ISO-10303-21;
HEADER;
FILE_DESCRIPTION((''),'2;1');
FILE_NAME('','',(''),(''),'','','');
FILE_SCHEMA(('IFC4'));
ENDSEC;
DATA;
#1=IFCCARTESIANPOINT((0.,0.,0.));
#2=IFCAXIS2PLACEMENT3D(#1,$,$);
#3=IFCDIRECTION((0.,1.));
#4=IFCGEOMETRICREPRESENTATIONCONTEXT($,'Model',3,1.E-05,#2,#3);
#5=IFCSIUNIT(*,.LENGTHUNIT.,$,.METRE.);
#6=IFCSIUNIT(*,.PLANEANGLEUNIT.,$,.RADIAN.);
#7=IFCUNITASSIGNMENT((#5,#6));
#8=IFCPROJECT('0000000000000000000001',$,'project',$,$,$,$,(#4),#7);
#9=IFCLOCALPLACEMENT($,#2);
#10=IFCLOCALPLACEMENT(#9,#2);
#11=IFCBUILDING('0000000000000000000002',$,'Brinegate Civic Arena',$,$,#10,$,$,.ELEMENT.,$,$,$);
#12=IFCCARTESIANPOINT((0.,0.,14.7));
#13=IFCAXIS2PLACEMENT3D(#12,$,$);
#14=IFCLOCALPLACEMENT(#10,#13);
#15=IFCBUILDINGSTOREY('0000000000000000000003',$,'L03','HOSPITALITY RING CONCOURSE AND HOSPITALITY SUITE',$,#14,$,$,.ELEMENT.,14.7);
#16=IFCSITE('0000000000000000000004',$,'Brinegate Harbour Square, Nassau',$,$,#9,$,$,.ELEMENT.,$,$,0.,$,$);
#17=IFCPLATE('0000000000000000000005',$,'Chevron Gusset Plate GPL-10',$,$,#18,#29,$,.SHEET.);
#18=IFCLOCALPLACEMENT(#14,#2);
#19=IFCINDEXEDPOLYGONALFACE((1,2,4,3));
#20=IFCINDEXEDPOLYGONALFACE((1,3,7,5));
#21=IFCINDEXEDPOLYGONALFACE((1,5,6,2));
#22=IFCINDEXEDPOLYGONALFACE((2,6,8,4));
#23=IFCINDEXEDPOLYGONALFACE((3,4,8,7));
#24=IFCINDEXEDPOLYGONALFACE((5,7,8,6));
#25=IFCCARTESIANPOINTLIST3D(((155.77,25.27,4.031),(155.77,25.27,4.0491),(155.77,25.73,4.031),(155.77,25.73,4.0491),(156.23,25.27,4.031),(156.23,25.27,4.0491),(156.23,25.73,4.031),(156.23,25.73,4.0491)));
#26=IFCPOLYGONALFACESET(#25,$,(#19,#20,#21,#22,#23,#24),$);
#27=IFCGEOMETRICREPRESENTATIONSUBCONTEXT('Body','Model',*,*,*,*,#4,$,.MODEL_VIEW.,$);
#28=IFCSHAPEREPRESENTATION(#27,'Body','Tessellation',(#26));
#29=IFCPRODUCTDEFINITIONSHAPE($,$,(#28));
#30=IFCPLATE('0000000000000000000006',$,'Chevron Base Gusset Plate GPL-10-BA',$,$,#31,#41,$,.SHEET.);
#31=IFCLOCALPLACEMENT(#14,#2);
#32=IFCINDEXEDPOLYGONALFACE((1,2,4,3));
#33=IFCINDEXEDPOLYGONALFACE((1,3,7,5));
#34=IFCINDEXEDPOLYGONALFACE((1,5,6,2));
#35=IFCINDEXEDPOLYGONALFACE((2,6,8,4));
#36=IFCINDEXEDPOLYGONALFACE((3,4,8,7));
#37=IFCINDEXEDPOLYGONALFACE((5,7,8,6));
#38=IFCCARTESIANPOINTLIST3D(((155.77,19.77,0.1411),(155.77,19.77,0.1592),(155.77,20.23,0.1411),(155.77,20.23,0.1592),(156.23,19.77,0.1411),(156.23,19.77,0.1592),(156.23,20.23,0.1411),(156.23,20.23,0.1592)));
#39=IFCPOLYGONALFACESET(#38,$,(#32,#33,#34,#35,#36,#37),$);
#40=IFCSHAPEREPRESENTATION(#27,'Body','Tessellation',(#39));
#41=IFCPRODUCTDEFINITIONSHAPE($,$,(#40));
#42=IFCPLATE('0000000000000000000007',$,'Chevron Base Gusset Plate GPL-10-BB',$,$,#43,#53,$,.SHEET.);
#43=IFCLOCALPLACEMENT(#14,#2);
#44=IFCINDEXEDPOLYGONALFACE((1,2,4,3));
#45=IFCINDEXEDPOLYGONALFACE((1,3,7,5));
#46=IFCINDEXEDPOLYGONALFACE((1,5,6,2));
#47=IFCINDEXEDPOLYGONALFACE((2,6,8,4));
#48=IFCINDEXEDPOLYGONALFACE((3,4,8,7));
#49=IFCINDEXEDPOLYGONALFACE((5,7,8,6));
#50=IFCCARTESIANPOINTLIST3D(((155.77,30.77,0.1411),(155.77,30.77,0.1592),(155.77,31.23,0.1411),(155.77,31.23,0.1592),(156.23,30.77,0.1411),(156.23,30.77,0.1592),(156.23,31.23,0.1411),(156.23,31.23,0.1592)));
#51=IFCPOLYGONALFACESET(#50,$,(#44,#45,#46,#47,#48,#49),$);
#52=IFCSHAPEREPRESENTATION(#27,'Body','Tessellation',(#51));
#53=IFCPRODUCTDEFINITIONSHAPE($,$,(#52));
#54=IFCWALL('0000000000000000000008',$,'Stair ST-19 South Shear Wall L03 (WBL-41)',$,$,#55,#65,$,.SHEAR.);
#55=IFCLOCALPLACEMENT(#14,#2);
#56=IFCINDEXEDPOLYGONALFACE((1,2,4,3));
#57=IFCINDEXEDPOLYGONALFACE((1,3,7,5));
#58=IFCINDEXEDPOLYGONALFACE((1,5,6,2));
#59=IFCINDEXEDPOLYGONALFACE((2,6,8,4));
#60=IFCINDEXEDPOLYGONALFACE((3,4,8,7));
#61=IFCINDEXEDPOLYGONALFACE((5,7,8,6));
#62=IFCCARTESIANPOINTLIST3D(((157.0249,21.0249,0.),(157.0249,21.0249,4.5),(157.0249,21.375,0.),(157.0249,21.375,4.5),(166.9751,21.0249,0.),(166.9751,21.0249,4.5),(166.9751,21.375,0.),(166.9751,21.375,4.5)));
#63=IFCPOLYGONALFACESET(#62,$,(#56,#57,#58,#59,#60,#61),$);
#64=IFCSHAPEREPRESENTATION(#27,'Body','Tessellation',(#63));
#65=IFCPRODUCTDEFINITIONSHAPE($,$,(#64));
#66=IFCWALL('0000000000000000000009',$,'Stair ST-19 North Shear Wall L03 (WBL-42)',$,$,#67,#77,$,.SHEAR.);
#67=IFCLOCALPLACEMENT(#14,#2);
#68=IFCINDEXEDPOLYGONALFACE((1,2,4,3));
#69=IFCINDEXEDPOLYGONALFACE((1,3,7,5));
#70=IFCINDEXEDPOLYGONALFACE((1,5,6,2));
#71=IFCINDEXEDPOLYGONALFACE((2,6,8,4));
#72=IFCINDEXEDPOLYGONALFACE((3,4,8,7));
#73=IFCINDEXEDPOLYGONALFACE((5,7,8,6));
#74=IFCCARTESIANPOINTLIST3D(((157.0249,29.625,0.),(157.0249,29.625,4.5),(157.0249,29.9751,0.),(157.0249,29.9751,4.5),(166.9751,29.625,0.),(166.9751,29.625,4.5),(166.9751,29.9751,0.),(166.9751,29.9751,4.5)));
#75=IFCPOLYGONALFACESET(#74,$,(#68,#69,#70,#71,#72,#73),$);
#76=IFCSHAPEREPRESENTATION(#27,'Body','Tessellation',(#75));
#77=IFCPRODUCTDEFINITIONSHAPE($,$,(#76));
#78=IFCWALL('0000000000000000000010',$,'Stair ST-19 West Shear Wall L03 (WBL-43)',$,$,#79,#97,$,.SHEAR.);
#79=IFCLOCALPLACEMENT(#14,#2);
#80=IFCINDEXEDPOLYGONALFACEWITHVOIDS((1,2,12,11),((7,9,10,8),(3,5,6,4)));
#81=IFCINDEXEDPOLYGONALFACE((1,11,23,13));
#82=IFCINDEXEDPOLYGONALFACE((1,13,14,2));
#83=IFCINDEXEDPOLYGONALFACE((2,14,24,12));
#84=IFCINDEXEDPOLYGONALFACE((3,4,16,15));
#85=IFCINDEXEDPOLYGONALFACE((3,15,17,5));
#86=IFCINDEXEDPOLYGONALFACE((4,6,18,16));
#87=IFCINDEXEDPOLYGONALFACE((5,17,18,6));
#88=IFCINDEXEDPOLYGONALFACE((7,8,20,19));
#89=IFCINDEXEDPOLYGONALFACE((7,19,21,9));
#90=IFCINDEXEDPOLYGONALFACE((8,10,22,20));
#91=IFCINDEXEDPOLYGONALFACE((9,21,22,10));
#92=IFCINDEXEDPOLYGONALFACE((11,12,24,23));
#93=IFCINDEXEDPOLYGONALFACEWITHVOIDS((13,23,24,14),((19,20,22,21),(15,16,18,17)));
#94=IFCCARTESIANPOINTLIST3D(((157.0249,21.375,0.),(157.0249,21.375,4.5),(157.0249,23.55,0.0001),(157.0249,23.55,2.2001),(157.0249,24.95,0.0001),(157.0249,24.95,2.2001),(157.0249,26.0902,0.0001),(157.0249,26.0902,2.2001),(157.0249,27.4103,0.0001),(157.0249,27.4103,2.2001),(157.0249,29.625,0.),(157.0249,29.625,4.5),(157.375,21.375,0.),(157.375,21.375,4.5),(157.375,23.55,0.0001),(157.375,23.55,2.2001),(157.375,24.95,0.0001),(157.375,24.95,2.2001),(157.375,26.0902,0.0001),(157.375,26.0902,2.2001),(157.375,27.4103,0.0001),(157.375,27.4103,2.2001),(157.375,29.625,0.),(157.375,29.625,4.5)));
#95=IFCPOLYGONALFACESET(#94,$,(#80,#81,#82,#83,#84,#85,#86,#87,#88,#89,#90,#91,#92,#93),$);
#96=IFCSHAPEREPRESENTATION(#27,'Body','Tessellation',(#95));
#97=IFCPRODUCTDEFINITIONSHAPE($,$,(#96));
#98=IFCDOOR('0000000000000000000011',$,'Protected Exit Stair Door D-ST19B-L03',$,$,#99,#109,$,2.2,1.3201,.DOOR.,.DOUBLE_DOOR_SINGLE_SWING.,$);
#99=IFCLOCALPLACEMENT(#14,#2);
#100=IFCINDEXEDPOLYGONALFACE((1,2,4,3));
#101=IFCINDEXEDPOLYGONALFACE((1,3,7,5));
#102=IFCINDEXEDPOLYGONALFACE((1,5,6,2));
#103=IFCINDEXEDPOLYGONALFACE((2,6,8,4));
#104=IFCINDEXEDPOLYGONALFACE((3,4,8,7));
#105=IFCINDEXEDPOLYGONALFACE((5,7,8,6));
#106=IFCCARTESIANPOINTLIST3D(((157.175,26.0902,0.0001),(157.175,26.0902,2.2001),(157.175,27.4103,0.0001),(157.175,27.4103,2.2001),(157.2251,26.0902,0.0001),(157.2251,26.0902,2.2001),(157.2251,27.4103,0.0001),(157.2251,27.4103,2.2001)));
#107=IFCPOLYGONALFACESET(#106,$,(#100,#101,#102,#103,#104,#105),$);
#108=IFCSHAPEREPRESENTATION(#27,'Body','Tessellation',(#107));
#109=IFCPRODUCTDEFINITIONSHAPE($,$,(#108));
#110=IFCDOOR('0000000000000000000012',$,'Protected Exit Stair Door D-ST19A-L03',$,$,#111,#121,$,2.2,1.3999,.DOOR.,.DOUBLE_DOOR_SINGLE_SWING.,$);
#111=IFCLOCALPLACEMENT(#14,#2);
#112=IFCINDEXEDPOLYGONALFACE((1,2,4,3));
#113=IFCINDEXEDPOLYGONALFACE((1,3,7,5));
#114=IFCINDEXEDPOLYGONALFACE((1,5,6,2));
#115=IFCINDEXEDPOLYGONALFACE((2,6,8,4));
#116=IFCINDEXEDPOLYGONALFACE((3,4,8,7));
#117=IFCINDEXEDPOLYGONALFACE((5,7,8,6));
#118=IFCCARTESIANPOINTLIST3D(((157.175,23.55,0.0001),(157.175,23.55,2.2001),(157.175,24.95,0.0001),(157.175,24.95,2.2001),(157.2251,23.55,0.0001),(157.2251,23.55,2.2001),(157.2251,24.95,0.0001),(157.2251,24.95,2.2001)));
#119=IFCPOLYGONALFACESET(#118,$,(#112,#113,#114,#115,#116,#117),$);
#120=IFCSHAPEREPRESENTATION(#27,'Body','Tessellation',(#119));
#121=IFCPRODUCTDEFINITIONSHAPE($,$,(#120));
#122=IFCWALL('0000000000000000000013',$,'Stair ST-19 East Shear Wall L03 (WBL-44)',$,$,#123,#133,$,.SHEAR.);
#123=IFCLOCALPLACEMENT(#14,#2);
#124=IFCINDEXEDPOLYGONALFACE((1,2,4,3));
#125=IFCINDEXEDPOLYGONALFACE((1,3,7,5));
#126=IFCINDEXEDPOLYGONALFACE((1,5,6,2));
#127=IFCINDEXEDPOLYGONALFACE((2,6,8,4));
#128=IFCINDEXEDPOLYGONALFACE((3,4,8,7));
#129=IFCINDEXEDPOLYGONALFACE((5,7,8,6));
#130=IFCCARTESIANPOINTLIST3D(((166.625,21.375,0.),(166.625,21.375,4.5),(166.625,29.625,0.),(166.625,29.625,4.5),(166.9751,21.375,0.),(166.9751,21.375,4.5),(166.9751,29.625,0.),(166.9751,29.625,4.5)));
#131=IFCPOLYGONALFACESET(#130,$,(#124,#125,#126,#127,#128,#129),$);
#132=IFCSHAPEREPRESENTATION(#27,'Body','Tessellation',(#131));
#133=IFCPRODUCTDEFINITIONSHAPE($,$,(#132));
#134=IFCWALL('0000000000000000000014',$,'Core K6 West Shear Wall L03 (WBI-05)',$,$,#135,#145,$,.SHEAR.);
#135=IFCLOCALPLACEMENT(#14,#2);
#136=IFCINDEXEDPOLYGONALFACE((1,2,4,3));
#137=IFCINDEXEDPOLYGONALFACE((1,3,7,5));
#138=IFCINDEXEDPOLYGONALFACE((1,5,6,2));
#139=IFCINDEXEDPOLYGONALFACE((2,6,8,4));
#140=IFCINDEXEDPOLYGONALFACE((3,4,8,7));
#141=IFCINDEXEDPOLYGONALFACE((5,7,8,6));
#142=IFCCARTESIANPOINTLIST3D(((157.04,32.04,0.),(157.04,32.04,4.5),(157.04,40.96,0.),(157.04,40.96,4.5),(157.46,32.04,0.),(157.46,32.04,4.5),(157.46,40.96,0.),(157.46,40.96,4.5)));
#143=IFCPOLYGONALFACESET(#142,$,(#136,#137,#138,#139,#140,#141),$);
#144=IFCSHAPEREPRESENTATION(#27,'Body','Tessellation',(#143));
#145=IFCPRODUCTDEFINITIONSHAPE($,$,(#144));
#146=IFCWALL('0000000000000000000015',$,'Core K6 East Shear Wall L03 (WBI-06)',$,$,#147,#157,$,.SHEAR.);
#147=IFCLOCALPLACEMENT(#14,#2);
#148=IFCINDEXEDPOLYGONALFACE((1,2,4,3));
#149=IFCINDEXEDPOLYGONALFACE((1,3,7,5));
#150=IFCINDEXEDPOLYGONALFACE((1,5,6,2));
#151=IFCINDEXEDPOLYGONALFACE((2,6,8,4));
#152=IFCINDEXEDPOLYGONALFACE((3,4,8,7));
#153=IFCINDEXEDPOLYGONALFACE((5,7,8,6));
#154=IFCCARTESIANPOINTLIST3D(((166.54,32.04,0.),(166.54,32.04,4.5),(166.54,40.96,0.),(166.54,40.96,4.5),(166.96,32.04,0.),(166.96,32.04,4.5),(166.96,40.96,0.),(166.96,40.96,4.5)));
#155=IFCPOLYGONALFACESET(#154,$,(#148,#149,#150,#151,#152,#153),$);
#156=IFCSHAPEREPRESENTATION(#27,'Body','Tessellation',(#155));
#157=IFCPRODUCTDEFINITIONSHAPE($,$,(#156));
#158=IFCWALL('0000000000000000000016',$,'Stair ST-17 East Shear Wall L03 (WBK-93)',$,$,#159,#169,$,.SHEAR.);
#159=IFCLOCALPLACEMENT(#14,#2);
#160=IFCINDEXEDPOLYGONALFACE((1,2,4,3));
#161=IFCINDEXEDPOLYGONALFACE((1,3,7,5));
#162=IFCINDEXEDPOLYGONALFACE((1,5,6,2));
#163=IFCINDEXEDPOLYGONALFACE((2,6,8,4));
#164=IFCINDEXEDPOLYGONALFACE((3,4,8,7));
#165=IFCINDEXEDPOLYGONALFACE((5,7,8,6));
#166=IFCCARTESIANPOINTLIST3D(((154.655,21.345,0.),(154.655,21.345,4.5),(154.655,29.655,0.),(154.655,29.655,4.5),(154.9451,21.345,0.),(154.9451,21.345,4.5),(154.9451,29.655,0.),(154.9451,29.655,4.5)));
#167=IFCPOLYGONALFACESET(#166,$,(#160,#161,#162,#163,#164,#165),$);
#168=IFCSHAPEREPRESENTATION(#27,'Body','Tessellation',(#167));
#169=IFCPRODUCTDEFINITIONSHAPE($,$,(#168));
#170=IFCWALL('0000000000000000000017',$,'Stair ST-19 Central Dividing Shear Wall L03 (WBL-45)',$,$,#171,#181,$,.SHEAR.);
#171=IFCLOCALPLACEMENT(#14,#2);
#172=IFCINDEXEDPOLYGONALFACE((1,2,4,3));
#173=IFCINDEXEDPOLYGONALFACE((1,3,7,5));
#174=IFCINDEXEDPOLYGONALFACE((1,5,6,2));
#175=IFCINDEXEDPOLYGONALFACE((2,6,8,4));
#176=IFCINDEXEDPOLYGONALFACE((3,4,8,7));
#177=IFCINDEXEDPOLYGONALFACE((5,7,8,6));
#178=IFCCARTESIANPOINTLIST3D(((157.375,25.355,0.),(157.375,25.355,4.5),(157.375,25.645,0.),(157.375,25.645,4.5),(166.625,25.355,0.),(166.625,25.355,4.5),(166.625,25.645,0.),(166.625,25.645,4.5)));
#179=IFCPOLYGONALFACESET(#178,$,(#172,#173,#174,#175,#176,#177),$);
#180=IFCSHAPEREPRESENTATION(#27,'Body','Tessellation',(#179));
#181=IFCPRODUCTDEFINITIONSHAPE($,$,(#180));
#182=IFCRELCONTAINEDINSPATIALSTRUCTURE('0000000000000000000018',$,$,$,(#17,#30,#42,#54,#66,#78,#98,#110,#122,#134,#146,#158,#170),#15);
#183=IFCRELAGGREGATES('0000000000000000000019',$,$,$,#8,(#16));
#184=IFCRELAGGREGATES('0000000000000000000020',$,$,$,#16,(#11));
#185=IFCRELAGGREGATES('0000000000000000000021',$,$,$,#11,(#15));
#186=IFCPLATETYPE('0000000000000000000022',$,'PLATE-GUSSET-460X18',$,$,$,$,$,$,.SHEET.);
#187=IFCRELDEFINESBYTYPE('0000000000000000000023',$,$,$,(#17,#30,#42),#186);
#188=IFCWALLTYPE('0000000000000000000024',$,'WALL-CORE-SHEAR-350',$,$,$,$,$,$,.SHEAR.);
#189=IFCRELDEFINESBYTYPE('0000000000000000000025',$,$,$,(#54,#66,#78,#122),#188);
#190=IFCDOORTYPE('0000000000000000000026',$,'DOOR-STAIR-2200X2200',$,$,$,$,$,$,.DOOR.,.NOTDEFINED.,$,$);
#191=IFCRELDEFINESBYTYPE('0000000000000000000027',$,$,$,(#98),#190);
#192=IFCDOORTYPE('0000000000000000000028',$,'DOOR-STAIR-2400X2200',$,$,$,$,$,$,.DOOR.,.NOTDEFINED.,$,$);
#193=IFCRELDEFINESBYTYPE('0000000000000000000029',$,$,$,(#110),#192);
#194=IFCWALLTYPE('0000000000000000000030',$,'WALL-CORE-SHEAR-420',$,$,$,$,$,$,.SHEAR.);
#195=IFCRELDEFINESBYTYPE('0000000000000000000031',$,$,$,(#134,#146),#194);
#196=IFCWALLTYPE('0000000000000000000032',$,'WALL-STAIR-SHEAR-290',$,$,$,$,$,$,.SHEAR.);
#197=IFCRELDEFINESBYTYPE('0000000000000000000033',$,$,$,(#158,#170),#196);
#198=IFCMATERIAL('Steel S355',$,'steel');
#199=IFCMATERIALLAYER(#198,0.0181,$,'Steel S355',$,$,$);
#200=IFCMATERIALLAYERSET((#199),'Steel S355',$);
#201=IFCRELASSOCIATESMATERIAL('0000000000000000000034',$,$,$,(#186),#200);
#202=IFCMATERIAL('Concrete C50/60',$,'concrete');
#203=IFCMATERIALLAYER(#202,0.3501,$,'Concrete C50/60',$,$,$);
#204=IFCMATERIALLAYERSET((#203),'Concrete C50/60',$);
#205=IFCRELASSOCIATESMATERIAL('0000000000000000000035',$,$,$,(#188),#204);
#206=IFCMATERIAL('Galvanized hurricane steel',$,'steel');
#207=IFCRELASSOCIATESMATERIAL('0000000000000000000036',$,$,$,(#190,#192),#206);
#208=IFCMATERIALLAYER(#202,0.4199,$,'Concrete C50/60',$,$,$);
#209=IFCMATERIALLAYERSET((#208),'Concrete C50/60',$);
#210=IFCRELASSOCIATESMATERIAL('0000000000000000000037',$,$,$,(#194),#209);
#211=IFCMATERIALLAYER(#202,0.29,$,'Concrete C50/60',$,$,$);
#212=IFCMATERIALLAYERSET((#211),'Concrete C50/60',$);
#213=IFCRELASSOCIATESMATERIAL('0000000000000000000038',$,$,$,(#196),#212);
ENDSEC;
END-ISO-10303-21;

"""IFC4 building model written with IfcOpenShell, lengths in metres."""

from ifc_helpers import new_model, si_unit, direction, frame, frame_2d, origin, origin_2d, place, context, subcontext, project, spatial, rectangle, extrude, material, layer, layer_set, type_object, element, fill, save


model = new_model("IFC4")

# Units and contexts
model_context = context("Model", 3, precision=1e-05, world=origin(), true_north=direction((0.0, 1.0)))
body_context = subcontext(model_context, "Body", "Model", "MODEL_VIEW")
ifc_project = project(units=[si_unit("LENGTHUNIT", "METRE"), si_unit("PLANEANGLEUNIT", "RADIAN")], contexts=[model_context])

# Site, building, storey
site_placement = place(None, origin())
site = spatial("IfcSite", under=ifc_project, at=site_placement, Name="Brinegate Harbour Square, Nassau", CompositionType="ELEMENT", RefElevation=0.0)
building_placement = place(site_placement, origin())
building = spatial("IfcBuilding", under=site, at=building_placement, Name="Brinegate Civic Arena", CompositionType="ELEMENT")
storey_placement = place(building_placement, frame((0.0, 0.0, 14.7)))
storey = spatial("IfcBuildingStorey", under=building, at=storey_placement, Name="L03", Description="HOSPITALITY RING CONCOURSE AND HOSPITALITY SUITE", CompositionType="ELEMENT", Elevation=14.7)

# Shared definitions
ifc_material_1 = material(Name="Concrete C50/60", Category="concrete")

# Shared definitions
ifc_material_2 = material(Name="Steel S355", Category="steel")

# Plates
ifc_layer_1 = layer(ifc_material_2, 0.0181, Name="Steel S355")
ifc_layer_set_1 = layer_set([ifc_layer_1], Name="Steel S355")
plate_type_1 = type_object("IfcPlateType", Name="PLATE-GUSSET-460X18", PredefinedType="SHEET", material=ifc_layer_set_1)
for number, where, z_axis, x_axis, name in (
    (1, (156.0, 25.5, 4.031), (0.0, 0.0, 1.0), (1.0, 0.0, 0.0), "Chevron Gusset Plate GPL-10"),
    (2, (156.0, 20.0, 0.1411), (0.0, 0.0, 1.0), (1.0, 0.0, 0.0), "Chevron Base Gusset Plate GPL-10-BA"),
    (3, (156.0, 31.0, 0.1411), (0.0, 0.0, 1.0), (1.0, 0.0, 0.0), "Chevron Base Gusset Plate GPL-10-BB"),
):
    element("IfcPlate", number, at=place(storey_placement, frame(where, z_axis=z_axis, x_axis=x_axis)), inside=storey, type_object=plate_type_1, Name=name, PredefinedType="SHEET", context=body_context, shape_type="SweptSolid", body=[
        extrude(rectangle(XDim=0.46, YDim=0.46, at=origin_2d()), origin(), (0.0, 0.0, 1.0), 0.0181),
    ])

# Walls
ifc_layer_2 = layer(ifc_material_1, 0.3501, Name="Concrete C50/60")
ifc_layer_set_2 = layer_set([ifc_layer_2], Name="Concrete C50/60")
wall_type_1 = type_object("IfcWallType", Name="WALL-CORE-SHEAR-350", PredefinedType="SHEAR", material=ifc_layer_set_2)
for number, where, z_axis, x_axis, name in (
    (4, (157.0249, 21.2, 0.0), (0.0, 0.0, 1.0), (1.0, 0.0, 0.0), "Stair ST-19 South Shear Wall L03 (WBL-41)"),
    (5, (157.0249, 29.8, 0.0), (0.0, 0.0, 1.0), (1.0, 0.0, 0.0), "Stair ST-19 North Shear Wall L03 (WBL-42)"),
):
    element("IfcWall", number, at=place(storey_placement, frame(where, z_axis=z_axis, x_axis=x_axis)), inside=storey, type_object=wall_type_1, Name=name, PredefinedType="SHEAR", context=body_context, shape_type="SweptSolid", body=[
        extrude(rectangle(XDim=9.9502, YDim=0.3501, at=frame_2d((4.9751, 0.0))), origin(), (0.0, 0.0, 1.0), 4.5),
    ])

# Wall, openings, doors
wall_1_placement = place(storey_placement, frame((157.2, 21.375, 0.0), z_axis=(0.0, 0.0, 1.0), x_axis=(0.0, 1.0, 0.0)))
wall_1 = element("IfcWall", 6, at=wall_1_placement, inside=storey, type_object=wall_type_1, Name="Stair ST-19 West Shear Wall L03 (WBL-43)", PredefinedType="SHEAR", context=body_context, shape_type="SweptSolid", body=[
    extrude(rectangle(XDim=8.25, YDim=0.3501, at=frame_2d((4.125, 0.0))), origin(), (0.0, 0.0, 1.0), 4.5),
])
opening_1_placement = place(wall_1_placement, frame((2.175, 0.0, 0.0)))
opening_1 = element("IfcOpeningElement", 7, at=opening_1_placement, cuts=wall_1, PredefinedType="OPENING", context=body_context, shape_type="SweptSolid", body=[
    extrude(rectangle(XDim=1.3999, YDim=2.2, at=frame_2d((0.7, 1.1001))), frame((0.0, 0.1851, 0.0), z_axis=(0.0, -1.0, 0.0), x_axis=(1.0, 0.0, 0.0)), (0.0, 0.0, 1.0), 0.3701),
])
opening_2_placement = place(wall_1_placement, frame((4.7151, 0.0, 0.0)))
opening_2 = element("IfcOpeningElement", 8, at=opening_2_placement, cuts=wall_1, PredefinedType="OPENING", context=body_context, shape_type="SweptSolid", body=[
    extrude(rectangle(XDim=1.3201, YDim=2.2, at=frame_2d((0.6602, 1.1001))), frame((0.0, 0.1851, 0.0), z_axis=(0.0, -1.0, 0.0), x_axis=(1.0, 0.0, 0.0)), (0.0, 0.0, 1.0), 0.3701),
])
ifc_material_3 = material(Name="Galvanized hurricane steel", Category="steel")
door_type_1 = type_object("IfcDoorType", Name="DOOR-STAIR-2200X2200", OperationType="NOTDEFINED", PredefinedType="DOOR", material=ifc_material_3)
door_1_placement = place(opening_2_placement, origin())
door_1 = element("IfcDoor", 9, at=door_1_placement, inside=storey, type_object=door_type_1, Name="Protected Exit Stair Door D-ST19B-L03", OperationType="DOUBLE_DOOR_SINGLE_SWING", OverallHeight=2.2, OverallWidth=1.3201, PredefinedType="DOOR", context=body_context, shape_type="SweptSolid", body=[
    extrude(rectangle(XDim=1.3201, YDim=2.2, at=frame_2d((0.6602, 1.1001))), frame((0.0, 0.0249, 0.0), z_axis=(0.0, -1.0, 0.0), x_axis=(1.0, 0.0, 0.0)), (0.0, 0.0, 1.0), 0.05),
])
fill(opening_2, door_1)
door_type_2 = type_object("IfcDoorType", Name="DOOR-STAIR-2400X2200", OperationType="NOTDEFINED", PredefinedType="DOOR", material=ifc_material_3)
door_2_placement = place(opening_1_placement, origin())
door_2 = element("IfcDoor", 10, at=door_2_placement, inside=storey, type_object=door_type_2, Name="Protected Exit Stair Door D-ST19A-L03", OperationType="DOUBLE_DOOR_SINGLE_SWING", OverallHeight=2.2, OverallWidth=1.3999, PredefinedType="DOOR", context=body_context, shape_type="SweptSolid", body=[
    extrude(rectangle(XDim=1.3999, YDim=2.2, at=frame_2d((0.7, 1.1001))), frame((0.0, 0.0249, 0.0), z_axis=(0.0, -1.0, 0.0), x_axis=(1.0, 0.0, 0.0)), (0.0, 0.0, 1.0), 0.05),
])
fill(opening_1, door_2)

# Walls
wall_2_placement = place(storey_placement, frame((166.8, 21.375, 0.0), z_axis=(0.0, 0.0, 1.0), x_axis=(0.0, 1.0, 0.0)))
element("IfcWall", 11, at=wall_2_placement, inside=storey, type_object=wall_type_1, Name="Stair ST-19 East Shear Wall L03 (WBL-44)", PredefinedType="SHEAR", context=body_context, shape_type="SweptSolid", body=[
    extrude(rectangle(XDim=8.25, YDim=0.3501, at=frame_2d((4.125, 0.0))), origin(), (0.0, 0.0, 1.0), 4.5),
])
ifc_layer_3 = layer(ifc_material_1, 0.4199, Name="Concrete C50/60")
ifc_layer_set_3 = layer_set([ifc_layer_3], Name="Concrete C50/60")
wall_type_2 = type_object("IfcWallType", Name="WALL-CORE-SHEAR-420", PredefinedType="SHEAR", material=ifc_layer_set_3)
for number, where, z_axis, x_axis, name in (
    (12, (157.25, 32.04, 0.0), (0.0, 0.0, 1.0), (0.0, 1.0, 0.0), "Core K6 West Shear Wall L03 (WBI-05)"),
    (13, (166.75, 32.04, 0.0), (0.0, 0.0, 1.0), (0.0, 1.0, 0.0), "Core K6 East Shear Wall L03 (WBI-06)"),
):
    element("IfcWall", number, at=place(storey_placement, frame(where, z_axis=z_axis, x_axis=x_axis)), inside=storey, type_object=wall_type_2, Name=name, PredefinedType="SHEAR", context=body_context, shape_type="SweptSolid", body=[
        extrude(rectangle(XDim=8.9199, YDim=0.4199, at=frame_2d((4.46, 0.0))), origin(), (0.0, 0.0, 1.0), 4.5),
    ])
ifc_layer_4 = layer(ifc_material_1, 0.29, Name="Concrete C50/60")
ifc_layer_set_4 = layer_set([ifc_layer_4], Name="Concrete C50/60")
wall_type_3 = type_object("IfcWallType", Name="WALL-STAIR-SHEAR-290", PredefinedType="SHEAR", material=ifc_layer_set_4)
wall_3_placement = place(storey_placement, frame((154.8, 21.345, 0.0), z_axis=(0.0, 0.0, 1.0), x_axis=(0.0, 1.0, 0.0)))
element("IfcWall", 14, at=wall_3_placement, inside=storey, type_object=wall_type_3, Name="Stair ST-17 East Shear Wall L03 (WBK-93)", PredefinedType="SHEAR", context=body_context, shape_type="SweptSolid", body=[
    extrude(rectangle(XDim=8.3101, YDim=0.29, at=frame_2d((4.155, 0.0))), origin(), (0.0, 0.0, 1.0), 4.5),
])
wall_4_placement = place(storey_placement, frame((157.375, 25.5, 0.0), z_axis=(0.0, 0.0, 1.0), x_axis=(1.0, 0.0, 0.0)))
element("IfcWall", 15, at=wall_4_placement, inside=storey, type_object=wall_type_3, Name="Stair ST-19 Central Dividing Shear Wall L03 (WBL-45)", PredefinedType="SHEAR", context=body_context, shape_type="SweptSolid", body=[
    extrude(rectangle(XDim=9.25, YDim=0.29, at=frame_2d((4.625, 0.0))), origin(), (0.0, 0.0, 1.0), 4.5),
])

save(model, "model.ifc")
